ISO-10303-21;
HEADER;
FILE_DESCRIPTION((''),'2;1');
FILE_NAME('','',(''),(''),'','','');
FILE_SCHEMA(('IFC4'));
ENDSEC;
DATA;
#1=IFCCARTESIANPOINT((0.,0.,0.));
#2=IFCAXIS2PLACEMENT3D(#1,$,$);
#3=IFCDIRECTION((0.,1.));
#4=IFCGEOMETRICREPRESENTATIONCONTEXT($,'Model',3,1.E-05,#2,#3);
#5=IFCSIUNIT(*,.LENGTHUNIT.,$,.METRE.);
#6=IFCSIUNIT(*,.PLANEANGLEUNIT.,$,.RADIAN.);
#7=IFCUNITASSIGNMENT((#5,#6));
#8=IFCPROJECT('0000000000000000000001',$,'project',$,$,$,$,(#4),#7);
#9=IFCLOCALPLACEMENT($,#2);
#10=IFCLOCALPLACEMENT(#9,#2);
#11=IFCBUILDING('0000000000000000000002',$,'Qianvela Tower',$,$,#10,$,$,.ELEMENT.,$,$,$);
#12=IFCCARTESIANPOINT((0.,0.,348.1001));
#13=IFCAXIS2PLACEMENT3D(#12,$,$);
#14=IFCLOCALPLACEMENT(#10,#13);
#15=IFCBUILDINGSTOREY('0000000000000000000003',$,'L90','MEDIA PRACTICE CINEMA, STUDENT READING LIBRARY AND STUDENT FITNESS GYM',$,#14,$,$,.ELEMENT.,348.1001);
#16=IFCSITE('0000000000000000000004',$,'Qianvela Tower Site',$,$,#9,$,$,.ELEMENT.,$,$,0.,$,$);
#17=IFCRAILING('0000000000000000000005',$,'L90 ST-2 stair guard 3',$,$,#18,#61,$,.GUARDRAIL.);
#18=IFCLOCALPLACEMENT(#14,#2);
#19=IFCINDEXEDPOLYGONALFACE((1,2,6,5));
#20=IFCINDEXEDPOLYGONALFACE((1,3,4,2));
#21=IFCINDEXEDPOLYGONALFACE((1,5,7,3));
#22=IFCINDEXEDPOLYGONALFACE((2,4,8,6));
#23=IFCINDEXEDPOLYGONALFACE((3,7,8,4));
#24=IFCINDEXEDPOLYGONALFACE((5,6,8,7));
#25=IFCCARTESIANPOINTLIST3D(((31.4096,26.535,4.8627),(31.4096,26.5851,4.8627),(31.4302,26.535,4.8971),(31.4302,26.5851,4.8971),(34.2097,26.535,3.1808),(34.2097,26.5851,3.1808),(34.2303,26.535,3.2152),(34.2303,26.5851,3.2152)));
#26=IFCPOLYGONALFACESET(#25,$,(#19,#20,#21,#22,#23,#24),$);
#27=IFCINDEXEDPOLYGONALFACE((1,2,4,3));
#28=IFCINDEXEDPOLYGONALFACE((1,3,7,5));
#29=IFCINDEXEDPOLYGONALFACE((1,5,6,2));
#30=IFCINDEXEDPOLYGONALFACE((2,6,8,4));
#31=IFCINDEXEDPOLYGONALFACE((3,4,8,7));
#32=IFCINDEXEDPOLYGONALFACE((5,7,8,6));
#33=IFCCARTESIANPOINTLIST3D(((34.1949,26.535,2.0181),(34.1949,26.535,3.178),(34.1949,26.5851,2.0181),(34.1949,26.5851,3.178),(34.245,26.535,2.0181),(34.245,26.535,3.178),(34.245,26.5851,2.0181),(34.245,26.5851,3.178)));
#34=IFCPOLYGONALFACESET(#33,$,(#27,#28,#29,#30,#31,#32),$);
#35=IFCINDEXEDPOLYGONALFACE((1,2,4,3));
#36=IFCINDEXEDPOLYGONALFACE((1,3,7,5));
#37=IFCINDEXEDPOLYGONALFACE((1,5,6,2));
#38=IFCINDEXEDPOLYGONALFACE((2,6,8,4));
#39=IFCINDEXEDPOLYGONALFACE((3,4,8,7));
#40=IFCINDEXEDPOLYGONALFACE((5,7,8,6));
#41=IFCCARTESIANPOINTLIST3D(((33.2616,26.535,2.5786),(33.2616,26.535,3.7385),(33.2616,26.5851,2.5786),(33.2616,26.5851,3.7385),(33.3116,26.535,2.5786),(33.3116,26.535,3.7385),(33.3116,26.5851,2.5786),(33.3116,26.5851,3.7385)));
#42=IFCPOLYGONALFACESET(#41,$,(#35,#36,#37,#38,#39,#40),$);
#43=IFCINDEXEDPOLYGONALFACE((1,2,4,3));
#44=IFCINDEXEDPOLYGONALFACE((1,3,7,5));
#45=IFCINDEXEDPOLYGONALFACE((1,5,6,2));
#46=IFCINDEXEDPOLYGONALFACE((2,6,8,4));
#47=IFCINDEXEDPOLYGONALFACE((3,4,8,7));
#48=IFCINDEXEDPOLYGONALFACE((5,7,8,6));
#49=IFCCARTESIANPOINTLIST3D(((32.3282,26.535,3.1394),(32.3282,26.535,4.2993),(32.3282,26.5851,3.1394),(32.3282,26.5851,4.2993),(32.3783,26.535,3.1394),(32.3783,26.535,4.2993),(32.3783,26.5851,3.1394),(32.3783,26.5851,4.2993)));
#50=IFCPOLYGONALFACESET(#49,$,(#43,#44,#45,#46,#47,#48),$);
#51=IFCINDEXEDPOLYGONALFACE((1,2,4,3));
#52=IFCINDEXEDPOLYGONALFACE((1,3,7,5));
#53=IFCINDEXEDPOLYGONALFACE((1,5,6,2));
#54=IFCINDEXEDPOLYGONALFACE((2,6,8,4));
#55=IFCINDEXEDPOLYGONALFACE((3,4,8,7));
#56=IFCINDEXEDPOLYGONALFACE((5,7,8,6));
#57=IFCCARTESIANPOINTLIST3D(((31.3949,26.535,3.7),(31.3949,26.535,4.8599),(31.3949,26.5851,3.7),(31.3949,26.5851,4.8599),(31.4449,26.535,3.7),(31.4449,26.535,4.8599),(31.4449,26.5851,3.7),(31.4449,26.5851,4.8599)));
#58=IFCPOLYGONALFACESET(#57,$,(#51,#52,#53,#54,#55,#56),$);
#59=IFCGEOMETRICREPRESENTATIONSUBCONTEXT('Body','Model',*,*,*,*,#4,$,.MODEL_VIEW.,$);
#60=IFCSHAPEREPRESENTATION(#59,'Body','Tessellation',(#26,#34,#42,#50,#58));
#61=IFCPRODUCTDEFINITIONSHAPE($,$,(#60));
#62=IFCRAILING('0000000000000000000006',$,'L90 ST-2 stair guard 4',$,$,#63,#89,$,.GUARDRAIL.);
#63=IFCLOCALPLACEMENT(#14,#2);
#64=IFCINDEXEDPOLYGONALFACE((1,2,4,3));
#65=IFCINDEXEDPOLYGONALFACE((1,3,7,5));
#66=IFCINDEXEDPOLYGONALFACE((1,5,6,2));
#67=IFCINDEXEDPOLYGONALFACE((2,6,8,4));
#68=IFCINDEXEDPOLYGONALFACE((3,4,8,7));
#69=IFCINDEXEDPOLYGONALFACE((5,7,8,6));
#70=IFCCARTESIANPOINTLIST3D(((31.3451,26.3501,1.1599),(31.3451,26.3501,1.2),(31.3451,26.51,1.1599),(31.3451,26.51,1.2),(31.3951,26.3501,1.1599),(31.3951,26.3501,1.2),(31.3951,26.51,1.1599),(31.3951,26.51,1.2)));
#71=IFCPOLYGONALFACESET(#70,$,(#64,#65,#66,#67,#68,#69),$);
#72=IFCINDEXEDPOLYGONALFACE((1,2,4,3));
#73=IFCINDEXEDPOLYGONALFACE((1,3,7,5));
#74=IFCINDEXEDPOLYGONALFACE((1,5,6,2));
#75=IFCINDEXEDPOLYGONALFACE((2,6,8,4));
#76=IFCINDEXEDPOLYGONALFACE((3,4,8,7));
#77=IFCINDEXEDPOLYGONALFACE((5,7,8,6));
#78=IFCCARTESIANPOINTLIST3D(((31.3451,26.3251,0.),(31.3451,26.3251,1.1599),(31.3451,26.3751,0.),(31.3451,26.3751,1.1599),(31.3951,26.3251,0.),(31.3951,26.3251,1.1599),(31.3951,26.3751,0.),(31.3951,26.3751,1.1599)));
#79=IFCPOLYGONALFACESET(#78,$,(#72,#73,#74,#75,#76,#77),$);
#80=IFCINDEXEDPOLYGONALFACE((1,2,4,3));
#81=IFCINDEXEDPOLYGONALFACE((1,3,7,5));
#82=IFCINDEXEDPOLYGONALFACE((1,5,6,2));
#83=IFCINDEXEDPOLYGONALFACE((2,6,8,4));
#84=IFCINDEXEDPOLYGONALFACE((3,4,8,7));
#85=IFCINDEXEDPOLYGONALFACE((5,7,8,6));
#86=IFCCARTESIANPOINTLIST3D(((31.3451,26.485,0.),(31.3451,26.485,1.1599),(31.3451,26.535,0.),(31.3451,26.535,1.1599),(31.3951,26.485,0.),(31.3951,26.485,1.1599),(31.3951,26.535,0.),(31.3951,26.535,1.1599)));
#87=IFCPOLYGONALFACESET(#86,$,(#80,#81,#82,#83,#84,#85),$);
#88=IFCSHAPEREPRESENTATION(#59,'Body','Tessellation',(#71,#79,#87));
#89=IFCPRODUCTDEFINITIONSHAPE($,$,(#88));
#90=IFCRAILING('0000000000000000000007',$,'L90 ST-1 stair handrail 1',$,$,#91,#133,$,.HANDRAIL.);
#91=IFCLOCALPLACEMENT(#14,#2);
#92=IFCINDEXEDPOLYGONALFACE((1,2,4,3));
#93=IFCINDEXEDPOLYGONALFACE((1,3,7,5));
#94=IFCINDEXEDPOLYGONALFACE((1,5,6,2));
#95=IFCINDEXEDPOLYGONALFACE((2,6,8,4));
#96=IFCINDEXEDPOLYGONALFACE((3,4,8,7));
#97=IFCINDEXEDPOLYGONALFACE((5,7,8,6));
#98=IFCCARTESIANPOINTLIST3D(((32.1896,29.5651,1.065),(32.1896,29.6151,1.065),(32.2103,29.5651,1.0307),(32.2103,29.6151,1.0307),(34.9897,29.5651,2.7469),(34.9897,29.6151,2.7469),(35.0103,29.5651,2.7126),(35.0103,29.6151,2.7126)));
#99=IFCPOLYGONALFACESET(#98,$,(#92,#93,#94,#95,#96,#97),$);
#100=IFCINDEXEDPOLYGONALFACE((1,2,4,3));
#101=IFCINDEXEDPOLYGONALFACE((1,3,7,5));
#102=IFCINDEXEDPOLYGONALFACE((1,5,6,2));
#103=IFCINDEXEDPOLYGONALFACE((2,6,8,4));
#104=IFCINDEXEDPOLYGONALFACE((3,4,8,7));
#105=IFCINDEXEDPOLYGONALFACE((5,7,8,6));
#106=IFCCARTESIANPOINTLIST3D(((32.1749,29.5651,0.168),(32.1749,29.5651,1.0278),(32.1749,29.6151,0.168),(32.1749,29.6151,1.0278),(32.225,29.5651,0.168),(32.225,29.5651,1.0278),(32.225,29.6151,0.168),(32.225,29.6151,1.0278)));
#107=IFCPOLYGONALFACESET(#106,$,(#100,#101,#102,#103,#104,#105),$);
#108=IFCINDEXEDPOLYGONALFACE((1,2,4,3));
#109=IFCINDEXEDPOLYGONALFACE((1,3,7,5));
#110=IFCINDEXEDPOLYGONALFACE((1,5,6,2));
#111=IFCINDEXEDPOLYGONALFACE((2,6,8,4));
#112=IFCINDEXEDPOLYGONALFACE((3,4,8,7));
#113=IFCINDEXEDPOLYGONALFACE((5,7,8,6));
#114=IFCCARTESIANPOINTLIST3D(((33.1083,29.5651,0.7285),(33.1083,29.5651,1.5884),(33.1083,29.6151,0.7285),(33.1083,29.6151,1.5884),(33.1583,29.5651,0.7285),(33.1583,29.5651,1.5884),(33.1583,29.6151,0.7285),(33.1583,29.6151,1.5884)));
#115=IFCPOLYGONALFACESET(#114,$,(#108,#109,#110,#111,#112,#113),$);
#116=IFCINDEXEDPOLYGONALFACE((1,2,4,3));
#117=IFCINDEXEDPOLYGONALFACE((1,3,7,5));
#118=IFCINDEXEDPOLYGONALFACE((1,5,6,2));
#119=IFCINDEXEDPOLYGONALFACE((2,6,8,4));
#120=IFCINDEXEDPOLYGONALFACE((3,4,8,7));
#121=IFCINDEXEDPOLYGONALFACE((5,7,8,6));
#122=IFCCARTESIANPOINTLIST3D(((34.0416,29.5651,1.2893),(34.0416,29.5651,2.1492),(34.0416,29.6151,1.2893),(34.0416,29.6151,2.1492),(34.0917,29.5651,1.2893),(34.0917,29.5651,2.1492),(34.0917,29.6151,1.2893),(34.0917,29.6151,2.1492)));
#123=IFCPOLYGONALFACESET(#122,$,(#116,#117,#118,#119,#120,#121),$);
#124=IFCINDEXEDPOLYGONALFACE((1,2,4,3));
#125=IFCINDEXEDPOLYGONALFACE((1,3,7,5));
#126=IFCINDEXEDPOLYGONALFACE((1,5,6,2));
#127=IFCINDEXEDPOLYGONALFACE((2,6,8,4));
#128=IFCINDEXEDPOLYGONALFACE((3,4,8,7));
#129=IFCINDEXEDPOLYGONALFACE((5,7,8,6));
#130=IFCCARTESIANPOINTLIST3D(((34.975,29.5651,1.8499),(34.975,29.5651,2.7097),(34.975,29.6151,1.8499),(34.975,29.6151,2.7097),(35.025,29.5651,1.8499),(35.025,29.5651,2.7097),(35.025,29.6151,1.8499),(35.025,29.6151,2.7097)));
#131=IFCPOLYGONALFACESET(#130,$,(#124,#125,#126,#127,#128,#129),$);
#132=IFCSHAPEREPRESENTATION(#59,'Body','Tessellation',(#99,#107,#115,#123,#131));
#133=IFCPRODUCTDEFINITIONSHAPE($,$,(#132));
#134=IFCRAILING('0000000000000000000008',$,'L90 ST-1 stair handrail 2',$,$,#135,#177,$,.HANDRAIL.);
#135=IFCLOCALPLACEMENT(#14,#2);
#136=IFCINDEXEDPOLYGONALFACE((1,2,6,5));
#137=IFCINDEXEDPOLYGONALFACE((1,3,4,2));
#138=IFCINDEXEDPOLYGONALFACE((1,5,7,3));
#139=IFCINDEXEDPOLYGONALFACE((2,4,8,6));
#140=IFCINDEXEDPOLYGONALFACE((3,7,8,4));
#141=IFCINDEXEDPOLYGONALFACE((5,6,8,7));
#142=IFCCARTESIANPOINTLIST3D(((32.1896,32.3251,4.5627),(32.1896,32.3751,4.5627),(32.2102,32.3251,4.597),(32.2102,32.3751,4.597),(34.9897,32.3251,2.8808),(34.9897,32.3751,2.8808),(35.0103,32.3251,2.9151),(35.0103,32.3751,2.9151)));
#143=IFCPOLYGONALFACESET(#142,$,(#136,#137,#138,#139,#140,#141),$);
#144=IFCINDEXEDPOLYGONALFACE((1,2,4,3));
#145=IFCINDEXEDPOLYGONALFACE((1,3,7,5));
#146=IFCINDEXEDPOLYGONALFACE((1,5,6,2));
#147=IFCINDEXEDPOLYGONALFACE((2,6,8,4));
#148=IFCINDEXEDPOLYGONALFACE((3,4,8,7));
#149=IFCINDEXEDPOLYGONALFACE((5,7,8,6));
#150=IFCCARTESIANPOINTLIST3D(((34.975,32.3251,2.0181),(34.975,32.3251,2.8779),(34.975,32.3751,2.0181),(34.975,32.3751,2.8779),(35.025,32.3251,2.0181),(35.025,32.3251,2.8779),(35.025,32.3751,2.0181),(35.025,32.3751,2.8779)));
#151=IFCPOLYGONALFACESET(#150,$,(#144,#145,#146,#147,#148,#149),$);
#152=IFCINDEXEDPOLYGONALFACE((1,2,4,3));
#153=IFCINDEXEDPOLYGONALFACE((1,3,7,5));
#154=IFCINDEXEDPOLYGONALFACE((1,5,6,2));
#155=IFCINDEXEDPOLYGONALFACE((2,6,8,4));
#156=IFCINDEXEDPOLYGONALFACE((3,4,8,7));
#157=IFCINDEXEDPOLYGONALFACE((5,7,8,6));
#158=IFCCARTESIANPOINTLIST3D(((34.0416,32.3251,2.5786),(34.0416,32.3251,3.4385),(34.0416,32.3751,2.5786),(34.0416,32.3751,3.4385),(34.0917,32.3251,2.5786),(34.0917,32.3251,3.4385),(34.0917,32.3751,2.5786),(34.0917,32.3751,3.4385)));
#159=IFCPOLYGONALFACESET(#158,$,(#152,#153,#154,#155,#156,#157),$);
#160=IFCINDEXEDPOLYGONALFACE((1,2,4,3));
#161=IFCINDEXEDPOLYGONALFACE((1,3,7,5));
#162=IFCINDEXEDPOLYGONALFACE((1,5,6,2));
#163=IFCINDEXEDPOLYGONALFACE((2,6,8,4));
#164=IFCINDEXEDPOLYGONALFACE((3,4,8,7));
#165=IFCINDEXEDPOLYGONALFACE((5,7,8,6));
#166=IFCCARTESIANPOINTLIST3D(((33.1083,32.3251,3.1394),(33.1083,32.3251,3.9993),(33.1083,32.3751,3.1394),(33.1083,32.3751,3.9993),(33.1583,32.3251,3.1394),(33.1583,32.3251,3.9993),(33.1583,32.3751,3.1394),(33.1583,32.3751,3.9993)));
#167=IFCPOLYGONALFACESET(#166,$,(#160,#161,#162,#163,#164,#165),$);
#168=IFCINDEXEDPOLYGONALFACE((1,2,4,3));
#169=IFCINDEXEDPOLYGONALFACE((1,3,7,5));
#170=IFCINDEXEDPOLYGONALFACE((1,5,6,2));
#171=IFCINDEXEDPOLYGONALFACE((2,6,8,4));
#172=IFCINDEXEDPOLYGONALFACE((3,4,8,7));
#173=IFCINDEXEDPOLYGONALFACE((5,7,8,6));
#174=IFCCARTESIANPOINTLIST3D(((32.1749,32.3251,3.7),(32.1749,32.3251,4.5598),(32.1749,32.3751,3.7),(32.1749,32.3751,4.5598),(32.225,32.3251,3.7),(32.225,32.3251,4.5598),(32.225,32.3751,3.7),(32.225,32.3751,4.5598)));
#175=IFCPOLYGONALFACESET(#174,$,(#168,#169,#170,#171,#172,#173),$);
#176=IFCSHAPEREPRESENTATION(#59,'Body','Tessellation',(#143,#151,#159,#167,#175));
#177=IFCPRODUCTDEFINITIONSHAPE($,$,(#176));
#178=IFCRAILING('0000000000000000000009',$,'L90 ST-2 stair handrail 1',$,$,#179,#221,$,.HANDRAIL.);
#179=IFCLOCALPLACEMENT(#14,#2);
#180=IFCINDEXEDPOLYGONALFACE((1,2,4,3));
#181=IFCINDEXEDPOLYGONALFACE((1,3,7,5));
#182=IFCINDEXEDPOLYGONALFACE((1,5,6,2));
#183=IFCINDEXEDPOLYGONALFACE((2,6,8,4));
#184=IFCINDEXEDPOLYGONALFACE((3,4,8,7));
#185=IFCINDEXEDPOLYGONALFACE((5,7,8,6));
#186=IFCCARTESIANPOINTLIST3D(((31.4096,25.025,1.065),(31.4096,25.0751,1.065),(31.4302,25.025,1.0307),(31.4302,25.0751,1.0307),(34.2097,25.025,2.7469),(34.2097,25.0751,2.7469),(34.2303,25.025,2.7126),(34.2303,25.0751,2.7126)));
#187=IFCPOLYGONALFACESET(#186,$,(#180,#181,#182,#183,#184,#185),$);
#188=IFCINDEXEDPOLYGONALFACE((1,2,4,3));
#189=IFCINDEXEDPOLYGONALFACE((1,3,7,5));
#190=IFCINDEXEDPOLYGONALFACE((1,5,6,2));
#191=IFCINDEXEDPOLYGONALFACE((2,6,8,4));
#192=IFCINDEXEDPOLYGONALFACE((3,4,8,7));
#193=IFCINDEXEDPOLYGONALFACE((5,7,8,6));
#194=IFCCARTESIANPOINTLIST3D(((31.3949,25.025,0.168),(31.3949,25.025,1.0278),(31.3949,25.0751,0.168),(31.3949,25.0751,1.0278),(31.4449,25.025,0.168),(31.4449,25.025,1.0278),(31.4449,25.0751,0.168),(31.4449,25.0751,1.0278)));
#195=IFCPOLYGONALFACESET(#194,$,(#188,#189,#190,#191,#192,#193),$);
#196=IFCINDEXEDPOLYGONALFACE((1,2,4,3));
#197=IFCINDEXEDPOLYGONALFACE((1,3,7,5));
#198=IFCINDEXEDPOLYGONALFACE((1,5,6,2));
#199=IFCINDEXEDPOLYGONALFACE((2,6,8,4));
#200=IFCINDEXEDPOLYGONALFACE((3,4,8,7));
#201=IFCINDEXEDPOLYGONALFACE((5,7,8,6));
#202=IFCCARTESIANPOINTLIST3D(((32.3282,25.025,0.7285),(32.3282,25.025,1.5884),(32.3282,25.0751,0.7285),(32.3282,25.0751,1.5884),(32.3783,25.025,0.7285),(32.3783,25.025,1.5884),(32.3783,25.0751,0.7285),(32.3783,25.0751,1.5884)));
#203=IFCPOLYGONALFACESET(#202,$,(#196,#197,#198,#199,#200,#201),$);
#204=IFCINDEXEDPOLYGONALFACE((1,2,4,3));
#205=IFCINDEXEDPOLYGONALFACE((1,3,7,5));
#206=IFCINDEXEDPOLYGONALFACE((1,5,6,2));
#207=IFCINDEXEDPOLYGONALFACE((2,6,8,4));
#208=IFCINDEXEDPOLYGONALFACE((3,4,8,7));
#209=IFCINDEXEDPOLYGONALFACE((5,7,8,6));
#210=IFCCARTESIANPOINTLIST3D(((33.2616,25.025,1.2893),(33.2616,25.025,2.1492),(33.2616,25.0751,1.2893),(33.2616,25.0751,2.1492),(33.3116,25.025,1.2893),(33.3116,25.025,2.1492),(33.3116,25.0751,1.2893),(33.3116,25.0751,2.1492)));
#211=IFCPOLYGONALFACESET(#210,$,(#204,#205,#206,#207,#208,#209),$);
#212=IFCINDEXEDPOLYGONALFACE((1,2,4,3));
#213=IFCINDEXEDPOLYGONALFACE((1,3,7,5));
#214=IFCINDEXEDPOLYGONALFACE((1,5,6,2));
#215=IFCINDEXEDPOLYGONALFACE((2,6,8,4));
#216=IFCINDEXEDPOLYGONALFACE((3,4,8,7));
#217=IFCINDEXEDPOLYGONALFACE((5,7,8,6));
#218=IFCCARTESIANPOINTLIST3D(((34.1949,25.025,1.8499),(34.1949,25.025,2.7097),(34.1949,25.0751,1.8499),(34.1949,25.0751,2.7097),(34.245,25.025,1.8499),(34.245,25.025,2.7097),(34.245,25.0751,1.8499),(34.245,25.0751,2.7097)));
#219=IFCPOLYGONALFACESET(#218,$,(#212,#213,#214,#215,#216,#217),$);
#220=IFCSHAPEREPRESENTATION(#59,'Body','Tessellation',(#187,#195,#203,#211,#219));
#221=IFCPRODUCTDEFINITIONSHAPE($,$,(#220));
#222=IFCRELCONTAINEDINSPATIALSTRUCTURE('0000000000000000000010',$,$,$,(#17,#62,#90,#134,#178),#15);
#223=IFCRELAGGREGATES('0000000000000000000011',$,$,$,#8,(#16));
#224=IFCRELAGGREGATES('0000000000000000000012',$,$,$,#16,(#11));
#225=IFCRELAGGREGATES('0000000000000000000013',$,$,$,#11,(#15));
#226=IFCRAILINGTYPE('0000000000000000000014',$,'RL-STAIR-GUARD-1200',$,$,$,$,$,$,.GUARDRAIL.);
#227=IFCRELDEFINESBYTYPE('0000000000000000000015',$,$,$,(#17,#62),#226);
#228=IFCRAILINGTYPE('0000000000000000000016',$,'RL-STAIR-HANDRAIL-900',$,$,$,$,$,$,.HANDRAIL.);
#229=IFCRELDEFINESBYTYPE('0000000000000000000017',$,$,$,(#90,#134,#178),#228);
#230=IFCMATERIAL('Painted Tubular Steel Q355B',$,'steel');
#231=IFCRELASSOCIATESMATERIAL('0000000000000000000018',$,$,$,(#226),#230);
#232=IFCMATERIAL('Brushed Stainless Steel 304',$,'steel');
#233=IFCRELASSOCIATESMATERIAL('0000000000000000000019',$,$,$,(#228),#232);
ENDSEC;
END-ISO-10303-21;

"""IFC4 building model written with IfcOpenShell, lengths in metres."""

from ifc_helpers import new_model, si_unit, direction, frame, origin, origin_2d, place, context, subcontext, project, spatial, rectangle, extrude, material, type_object, element, save


model = new_model("IFC4")

# Units and contexts
model_context = context("Model", 3, precision=1e-05, world=origin(), true_north=direction((0.0, 1.0)))
body_context = subcontext(model_context, "Body", "Model", "MODEL_VIEW")
ifc_project = project(units=[si_unit("LENGTHUNIT", "METRE"), si_unit("PLANEANGLEUNIT", "RADIAN")], contexts=[model_context])

# Site, building, storey
site_placement = place(None, origin())
site = spatial("IfcSite", under=ifc_project, at=site_placement, Name="Qianvela Tower Site", CompositionType="ELEMENT", RefElevation=0.0)
building_placement = place(site_placement, origin())
building = spatial("IfcBuilding", under=site, at=building_placement, Name="Qianvela Tower", CompositionType="ELEMENT")
storey_placement = place(building_placement, frame((0.0, 0.0, 348.1001)))
storey = spatial("IfcBuildingStorey", under=building, at=storey_placement, Name="L90", Description="MEDIA PRACTICE CINEMA, STUDENT READING LIBRARY AND STUDENT FITNESS GYM", CompositionType="ELEMENT", Elevation=348.1001)

# Railings
ifc_material_1 = material(Name="Painted Tubular Steel Q355B", Category="steel")
railing_type_1 = type_object("IfcRailingType", Name="RL-STAIR-GUARD-1200", PredefinedType="GUARDRAIL", material=ifc_material_1)
railing_1_placement = place(storey_placement, frame((34.22, 26.5601, 2.0181)))
element("IfcRailing", 1, at=railing_1_placement, inside=storey, type_object=railing_type_1, Name="L90 ST-2 stair guard 3", PredefinedType="GUARDRAIL", context=body_context, shape_type="SweptSolid", body=[
    extrude(rectangle(XDim=0.05, YDim=0.04, at=origin_2d()), frame((0.0, 0.0, 1.1799), z_axis=(-0.857242, 0.0, 0.514913), x_axis=(0.0, -1.0, 0.0)), (0.0, 0.0, 1.0), 3.2664),
    extrude(rectangle(XDim=0.05, YDim=0.05, at=origin_2d()), origin(), (0.0, 0.0, 1.0), 1.1599),
    extrude(rectangle(XDim=0.05, YDim=0.05, at=origin_2d()), frame((-0.9333, 0.0, 0.5605)), (0.0, 0.0, 1.0), 1.1599),
    extrude(rectangle(XDim=0.05, YDim=0.05, at=origin_2d()), frame((-1.8667, 0.0, 1.1213)), (0.0, 0.0, 1.0), 1.1599),
    extrude(rectangle(XDim=0.05, YDim=0.05, at=origin_2d()), frame((-2.8, 0.0, 1.6819)), (0.0, 0.0, 1.0), 1.1599),
])
railing_2_placement = place(storey_placement, frame((31.3701, 26.3501, 0.0)))
element("IfcRailing", 2, at=railing_2_placement, inside=storey, type_object=railing_type_1, Name="L90 ST-2 stair guard 4", PredefinedType="GUARDRAIL", context=body_context, shape_type="SweptSolid", body=[
    extrude(rectangle(XDim=0.05, YDim=0.04, at=origin_2d()), frame((0.0, 0.0, 1.1799), z_axis=(0.0, 1.0, 0.0), x_axis=(-1.0, 0.0, 0.0)), (0.0, 0.0, 1.0), 0.1599),
    extrude(rectangle(XDim=0.05, YDim=0.05, at=origin_2d()), origin(), (0.0, 0.0, 1.0), 1.1599),
    extrude(rectangle(XDim=0.05, YDim=0.05, at=origin_2d()), frame((0.0, 0.1599, 0.0)), (0.0, 0.0, 1.0), 1.1599),
])
ifc_material_2 = material(Name="Brushed Stainless Steel 304", Category="steel")
railing_type_2 = type_object("IfcRailingType", Name="RL-STAIR-HANDRAIL-900", PredefinedType="HANDRAIL", material=ifc_material_2)
railing_3_placement = place(storey_placement, frame((32.2, 29.5901, 0.168)))
element("IfcRailing", 3, at=railing_3_placement, inside=storey, type_object=railing_type_2, Name="L90 ST-1 stair handrail 1", PredefinedType="HANDRAIL", context=body_context, shape_type="SweptSolid", body=[
    extrude(rectangle(XDim=0.05, YDim=0.04, at=origin_2d()), frame((0.0, 0.0, 0.8799), z_axis=(0.857242, 0.0, 0.514913), x_axis=(0.0, 1.0, 0.0)), (0.0, 0.0, 1.0), 3.2664),
    extrude(rectangle(XDim=0.05, YDim=0.05, at=origin_2d()), origin(), (0.0, 0.0, 1.0), 0.8599),
    extrude(rectangle(XDim=0.05, YDim=0.05, at=origin_2d()), frame((0.9333, 0.0, 0.5605)), (0.0, 0.0, 1.0), 0.8599),
    extrude(rectangle(XDim=0.05, YDim=0.05, at=origin_2d()), frame((1.8667, 0.0, 1.1213)), (0.0, 0.0, 1.0), 0.8599),
    extrude(rectangle(XDim=0.05, YDim=0.05, at=origin_2d()), frame((2.8, 0.0, 1.6819)), (0.0, 0.0, 1.0), 0.8599),
])
railing_4_placement = place(storey_placement, frame((35.0, 32.3501, 2.0181)))
element("IfcRailing", 4, at=railing_4_placement, inside=storey, type_object=railing_type_2, Name="L90 ST-1 stair handrail 2", PredefinedType="HANDRAIL", context=body_context, shape_type="SweptSolid", body=[
    extrude(rectangle(XDim=0.05, YDim=0.04, at=origin_2d()), frame((0.0, 0.0, 0.8799), z_axis=(-0.857242, 0.0, 0.514913), x_axis=(0.0, -1.0, 0.0)), (0.0, 0.0, 1.0), 3.2664),
    extrude(rectangle(XDim=0.05, YDim=0.05, at=origin_2d()), origin(), (0.0, 0.0, 1.0), 0.8599),
    extrude(rectangle(XDim=0.05, YDim=0.05, at=origin_2d()), frame((-0.9333, 0.0, 0.5605)), (0.0, 0.0, 1.0), 0.8599),
    extrude(rectangle(XDim=0.05, YDim=0.05, at=origin_2d()), frame((-1.8667, 0.0, 1.1213)), (0.0, 0.0, 1.0), 0.8599),
    extrude(rectangle(XDim=0.05, YDim=0.05, at=origin_2d()), frame((-2.8, 0.0, 1.6819)), (0.0, 0.0, 1.0), 0.8599),
])
railing_5_placement = place(storey_placement, frame((31.4199, 25.05, 0.168)))
element("IfcRailing", 5, at=railing_5_placement, inside=storey, type_object=railing_type_2, Name="L90 ST-2 stair handrail 1", PredefinedType="HANDRAIL", context=body_context, shape_type="SweptSolid", body=[
    extrude(rectangle(XDim=0.05, YDim=0.04, at=origin_2d()), frame((0.0, 0.0, 0.8799), z_axis=(0.857242, 0.0, 0.514913), x_axis=(0.0, 1.0, 0.0)), (0.0, 0.0, 1.0), 3.2664),
    extrude(rectangle(XDim=0.05, YDim=0.05, at=origin_2d()), origin(), (0.0, 0.0, 1.0), 0.8599),
    extrude(rectangle(XDim=0.05, YDim=0.05, at=origin_2d()), frame((0.9333, 0.0, 0.5605)), (0.0, 0.0, 1.0), 0.8599),
    extrude(rectangle(XDim=0.05, YDim=0.05, at=origin_2d()), frame((1.8667, 0.0, 1.1213)), (0.0, 0.0, 1.0), 0.8599),
    extrude(rectangle(XDim=0.05, YDim=0.05, at=origin_2d()), frame((2.8, 0.0, 1.6819)), (0.0, 0.0, 1.0), 0.8599),
])

save(model, "model.ifc")
